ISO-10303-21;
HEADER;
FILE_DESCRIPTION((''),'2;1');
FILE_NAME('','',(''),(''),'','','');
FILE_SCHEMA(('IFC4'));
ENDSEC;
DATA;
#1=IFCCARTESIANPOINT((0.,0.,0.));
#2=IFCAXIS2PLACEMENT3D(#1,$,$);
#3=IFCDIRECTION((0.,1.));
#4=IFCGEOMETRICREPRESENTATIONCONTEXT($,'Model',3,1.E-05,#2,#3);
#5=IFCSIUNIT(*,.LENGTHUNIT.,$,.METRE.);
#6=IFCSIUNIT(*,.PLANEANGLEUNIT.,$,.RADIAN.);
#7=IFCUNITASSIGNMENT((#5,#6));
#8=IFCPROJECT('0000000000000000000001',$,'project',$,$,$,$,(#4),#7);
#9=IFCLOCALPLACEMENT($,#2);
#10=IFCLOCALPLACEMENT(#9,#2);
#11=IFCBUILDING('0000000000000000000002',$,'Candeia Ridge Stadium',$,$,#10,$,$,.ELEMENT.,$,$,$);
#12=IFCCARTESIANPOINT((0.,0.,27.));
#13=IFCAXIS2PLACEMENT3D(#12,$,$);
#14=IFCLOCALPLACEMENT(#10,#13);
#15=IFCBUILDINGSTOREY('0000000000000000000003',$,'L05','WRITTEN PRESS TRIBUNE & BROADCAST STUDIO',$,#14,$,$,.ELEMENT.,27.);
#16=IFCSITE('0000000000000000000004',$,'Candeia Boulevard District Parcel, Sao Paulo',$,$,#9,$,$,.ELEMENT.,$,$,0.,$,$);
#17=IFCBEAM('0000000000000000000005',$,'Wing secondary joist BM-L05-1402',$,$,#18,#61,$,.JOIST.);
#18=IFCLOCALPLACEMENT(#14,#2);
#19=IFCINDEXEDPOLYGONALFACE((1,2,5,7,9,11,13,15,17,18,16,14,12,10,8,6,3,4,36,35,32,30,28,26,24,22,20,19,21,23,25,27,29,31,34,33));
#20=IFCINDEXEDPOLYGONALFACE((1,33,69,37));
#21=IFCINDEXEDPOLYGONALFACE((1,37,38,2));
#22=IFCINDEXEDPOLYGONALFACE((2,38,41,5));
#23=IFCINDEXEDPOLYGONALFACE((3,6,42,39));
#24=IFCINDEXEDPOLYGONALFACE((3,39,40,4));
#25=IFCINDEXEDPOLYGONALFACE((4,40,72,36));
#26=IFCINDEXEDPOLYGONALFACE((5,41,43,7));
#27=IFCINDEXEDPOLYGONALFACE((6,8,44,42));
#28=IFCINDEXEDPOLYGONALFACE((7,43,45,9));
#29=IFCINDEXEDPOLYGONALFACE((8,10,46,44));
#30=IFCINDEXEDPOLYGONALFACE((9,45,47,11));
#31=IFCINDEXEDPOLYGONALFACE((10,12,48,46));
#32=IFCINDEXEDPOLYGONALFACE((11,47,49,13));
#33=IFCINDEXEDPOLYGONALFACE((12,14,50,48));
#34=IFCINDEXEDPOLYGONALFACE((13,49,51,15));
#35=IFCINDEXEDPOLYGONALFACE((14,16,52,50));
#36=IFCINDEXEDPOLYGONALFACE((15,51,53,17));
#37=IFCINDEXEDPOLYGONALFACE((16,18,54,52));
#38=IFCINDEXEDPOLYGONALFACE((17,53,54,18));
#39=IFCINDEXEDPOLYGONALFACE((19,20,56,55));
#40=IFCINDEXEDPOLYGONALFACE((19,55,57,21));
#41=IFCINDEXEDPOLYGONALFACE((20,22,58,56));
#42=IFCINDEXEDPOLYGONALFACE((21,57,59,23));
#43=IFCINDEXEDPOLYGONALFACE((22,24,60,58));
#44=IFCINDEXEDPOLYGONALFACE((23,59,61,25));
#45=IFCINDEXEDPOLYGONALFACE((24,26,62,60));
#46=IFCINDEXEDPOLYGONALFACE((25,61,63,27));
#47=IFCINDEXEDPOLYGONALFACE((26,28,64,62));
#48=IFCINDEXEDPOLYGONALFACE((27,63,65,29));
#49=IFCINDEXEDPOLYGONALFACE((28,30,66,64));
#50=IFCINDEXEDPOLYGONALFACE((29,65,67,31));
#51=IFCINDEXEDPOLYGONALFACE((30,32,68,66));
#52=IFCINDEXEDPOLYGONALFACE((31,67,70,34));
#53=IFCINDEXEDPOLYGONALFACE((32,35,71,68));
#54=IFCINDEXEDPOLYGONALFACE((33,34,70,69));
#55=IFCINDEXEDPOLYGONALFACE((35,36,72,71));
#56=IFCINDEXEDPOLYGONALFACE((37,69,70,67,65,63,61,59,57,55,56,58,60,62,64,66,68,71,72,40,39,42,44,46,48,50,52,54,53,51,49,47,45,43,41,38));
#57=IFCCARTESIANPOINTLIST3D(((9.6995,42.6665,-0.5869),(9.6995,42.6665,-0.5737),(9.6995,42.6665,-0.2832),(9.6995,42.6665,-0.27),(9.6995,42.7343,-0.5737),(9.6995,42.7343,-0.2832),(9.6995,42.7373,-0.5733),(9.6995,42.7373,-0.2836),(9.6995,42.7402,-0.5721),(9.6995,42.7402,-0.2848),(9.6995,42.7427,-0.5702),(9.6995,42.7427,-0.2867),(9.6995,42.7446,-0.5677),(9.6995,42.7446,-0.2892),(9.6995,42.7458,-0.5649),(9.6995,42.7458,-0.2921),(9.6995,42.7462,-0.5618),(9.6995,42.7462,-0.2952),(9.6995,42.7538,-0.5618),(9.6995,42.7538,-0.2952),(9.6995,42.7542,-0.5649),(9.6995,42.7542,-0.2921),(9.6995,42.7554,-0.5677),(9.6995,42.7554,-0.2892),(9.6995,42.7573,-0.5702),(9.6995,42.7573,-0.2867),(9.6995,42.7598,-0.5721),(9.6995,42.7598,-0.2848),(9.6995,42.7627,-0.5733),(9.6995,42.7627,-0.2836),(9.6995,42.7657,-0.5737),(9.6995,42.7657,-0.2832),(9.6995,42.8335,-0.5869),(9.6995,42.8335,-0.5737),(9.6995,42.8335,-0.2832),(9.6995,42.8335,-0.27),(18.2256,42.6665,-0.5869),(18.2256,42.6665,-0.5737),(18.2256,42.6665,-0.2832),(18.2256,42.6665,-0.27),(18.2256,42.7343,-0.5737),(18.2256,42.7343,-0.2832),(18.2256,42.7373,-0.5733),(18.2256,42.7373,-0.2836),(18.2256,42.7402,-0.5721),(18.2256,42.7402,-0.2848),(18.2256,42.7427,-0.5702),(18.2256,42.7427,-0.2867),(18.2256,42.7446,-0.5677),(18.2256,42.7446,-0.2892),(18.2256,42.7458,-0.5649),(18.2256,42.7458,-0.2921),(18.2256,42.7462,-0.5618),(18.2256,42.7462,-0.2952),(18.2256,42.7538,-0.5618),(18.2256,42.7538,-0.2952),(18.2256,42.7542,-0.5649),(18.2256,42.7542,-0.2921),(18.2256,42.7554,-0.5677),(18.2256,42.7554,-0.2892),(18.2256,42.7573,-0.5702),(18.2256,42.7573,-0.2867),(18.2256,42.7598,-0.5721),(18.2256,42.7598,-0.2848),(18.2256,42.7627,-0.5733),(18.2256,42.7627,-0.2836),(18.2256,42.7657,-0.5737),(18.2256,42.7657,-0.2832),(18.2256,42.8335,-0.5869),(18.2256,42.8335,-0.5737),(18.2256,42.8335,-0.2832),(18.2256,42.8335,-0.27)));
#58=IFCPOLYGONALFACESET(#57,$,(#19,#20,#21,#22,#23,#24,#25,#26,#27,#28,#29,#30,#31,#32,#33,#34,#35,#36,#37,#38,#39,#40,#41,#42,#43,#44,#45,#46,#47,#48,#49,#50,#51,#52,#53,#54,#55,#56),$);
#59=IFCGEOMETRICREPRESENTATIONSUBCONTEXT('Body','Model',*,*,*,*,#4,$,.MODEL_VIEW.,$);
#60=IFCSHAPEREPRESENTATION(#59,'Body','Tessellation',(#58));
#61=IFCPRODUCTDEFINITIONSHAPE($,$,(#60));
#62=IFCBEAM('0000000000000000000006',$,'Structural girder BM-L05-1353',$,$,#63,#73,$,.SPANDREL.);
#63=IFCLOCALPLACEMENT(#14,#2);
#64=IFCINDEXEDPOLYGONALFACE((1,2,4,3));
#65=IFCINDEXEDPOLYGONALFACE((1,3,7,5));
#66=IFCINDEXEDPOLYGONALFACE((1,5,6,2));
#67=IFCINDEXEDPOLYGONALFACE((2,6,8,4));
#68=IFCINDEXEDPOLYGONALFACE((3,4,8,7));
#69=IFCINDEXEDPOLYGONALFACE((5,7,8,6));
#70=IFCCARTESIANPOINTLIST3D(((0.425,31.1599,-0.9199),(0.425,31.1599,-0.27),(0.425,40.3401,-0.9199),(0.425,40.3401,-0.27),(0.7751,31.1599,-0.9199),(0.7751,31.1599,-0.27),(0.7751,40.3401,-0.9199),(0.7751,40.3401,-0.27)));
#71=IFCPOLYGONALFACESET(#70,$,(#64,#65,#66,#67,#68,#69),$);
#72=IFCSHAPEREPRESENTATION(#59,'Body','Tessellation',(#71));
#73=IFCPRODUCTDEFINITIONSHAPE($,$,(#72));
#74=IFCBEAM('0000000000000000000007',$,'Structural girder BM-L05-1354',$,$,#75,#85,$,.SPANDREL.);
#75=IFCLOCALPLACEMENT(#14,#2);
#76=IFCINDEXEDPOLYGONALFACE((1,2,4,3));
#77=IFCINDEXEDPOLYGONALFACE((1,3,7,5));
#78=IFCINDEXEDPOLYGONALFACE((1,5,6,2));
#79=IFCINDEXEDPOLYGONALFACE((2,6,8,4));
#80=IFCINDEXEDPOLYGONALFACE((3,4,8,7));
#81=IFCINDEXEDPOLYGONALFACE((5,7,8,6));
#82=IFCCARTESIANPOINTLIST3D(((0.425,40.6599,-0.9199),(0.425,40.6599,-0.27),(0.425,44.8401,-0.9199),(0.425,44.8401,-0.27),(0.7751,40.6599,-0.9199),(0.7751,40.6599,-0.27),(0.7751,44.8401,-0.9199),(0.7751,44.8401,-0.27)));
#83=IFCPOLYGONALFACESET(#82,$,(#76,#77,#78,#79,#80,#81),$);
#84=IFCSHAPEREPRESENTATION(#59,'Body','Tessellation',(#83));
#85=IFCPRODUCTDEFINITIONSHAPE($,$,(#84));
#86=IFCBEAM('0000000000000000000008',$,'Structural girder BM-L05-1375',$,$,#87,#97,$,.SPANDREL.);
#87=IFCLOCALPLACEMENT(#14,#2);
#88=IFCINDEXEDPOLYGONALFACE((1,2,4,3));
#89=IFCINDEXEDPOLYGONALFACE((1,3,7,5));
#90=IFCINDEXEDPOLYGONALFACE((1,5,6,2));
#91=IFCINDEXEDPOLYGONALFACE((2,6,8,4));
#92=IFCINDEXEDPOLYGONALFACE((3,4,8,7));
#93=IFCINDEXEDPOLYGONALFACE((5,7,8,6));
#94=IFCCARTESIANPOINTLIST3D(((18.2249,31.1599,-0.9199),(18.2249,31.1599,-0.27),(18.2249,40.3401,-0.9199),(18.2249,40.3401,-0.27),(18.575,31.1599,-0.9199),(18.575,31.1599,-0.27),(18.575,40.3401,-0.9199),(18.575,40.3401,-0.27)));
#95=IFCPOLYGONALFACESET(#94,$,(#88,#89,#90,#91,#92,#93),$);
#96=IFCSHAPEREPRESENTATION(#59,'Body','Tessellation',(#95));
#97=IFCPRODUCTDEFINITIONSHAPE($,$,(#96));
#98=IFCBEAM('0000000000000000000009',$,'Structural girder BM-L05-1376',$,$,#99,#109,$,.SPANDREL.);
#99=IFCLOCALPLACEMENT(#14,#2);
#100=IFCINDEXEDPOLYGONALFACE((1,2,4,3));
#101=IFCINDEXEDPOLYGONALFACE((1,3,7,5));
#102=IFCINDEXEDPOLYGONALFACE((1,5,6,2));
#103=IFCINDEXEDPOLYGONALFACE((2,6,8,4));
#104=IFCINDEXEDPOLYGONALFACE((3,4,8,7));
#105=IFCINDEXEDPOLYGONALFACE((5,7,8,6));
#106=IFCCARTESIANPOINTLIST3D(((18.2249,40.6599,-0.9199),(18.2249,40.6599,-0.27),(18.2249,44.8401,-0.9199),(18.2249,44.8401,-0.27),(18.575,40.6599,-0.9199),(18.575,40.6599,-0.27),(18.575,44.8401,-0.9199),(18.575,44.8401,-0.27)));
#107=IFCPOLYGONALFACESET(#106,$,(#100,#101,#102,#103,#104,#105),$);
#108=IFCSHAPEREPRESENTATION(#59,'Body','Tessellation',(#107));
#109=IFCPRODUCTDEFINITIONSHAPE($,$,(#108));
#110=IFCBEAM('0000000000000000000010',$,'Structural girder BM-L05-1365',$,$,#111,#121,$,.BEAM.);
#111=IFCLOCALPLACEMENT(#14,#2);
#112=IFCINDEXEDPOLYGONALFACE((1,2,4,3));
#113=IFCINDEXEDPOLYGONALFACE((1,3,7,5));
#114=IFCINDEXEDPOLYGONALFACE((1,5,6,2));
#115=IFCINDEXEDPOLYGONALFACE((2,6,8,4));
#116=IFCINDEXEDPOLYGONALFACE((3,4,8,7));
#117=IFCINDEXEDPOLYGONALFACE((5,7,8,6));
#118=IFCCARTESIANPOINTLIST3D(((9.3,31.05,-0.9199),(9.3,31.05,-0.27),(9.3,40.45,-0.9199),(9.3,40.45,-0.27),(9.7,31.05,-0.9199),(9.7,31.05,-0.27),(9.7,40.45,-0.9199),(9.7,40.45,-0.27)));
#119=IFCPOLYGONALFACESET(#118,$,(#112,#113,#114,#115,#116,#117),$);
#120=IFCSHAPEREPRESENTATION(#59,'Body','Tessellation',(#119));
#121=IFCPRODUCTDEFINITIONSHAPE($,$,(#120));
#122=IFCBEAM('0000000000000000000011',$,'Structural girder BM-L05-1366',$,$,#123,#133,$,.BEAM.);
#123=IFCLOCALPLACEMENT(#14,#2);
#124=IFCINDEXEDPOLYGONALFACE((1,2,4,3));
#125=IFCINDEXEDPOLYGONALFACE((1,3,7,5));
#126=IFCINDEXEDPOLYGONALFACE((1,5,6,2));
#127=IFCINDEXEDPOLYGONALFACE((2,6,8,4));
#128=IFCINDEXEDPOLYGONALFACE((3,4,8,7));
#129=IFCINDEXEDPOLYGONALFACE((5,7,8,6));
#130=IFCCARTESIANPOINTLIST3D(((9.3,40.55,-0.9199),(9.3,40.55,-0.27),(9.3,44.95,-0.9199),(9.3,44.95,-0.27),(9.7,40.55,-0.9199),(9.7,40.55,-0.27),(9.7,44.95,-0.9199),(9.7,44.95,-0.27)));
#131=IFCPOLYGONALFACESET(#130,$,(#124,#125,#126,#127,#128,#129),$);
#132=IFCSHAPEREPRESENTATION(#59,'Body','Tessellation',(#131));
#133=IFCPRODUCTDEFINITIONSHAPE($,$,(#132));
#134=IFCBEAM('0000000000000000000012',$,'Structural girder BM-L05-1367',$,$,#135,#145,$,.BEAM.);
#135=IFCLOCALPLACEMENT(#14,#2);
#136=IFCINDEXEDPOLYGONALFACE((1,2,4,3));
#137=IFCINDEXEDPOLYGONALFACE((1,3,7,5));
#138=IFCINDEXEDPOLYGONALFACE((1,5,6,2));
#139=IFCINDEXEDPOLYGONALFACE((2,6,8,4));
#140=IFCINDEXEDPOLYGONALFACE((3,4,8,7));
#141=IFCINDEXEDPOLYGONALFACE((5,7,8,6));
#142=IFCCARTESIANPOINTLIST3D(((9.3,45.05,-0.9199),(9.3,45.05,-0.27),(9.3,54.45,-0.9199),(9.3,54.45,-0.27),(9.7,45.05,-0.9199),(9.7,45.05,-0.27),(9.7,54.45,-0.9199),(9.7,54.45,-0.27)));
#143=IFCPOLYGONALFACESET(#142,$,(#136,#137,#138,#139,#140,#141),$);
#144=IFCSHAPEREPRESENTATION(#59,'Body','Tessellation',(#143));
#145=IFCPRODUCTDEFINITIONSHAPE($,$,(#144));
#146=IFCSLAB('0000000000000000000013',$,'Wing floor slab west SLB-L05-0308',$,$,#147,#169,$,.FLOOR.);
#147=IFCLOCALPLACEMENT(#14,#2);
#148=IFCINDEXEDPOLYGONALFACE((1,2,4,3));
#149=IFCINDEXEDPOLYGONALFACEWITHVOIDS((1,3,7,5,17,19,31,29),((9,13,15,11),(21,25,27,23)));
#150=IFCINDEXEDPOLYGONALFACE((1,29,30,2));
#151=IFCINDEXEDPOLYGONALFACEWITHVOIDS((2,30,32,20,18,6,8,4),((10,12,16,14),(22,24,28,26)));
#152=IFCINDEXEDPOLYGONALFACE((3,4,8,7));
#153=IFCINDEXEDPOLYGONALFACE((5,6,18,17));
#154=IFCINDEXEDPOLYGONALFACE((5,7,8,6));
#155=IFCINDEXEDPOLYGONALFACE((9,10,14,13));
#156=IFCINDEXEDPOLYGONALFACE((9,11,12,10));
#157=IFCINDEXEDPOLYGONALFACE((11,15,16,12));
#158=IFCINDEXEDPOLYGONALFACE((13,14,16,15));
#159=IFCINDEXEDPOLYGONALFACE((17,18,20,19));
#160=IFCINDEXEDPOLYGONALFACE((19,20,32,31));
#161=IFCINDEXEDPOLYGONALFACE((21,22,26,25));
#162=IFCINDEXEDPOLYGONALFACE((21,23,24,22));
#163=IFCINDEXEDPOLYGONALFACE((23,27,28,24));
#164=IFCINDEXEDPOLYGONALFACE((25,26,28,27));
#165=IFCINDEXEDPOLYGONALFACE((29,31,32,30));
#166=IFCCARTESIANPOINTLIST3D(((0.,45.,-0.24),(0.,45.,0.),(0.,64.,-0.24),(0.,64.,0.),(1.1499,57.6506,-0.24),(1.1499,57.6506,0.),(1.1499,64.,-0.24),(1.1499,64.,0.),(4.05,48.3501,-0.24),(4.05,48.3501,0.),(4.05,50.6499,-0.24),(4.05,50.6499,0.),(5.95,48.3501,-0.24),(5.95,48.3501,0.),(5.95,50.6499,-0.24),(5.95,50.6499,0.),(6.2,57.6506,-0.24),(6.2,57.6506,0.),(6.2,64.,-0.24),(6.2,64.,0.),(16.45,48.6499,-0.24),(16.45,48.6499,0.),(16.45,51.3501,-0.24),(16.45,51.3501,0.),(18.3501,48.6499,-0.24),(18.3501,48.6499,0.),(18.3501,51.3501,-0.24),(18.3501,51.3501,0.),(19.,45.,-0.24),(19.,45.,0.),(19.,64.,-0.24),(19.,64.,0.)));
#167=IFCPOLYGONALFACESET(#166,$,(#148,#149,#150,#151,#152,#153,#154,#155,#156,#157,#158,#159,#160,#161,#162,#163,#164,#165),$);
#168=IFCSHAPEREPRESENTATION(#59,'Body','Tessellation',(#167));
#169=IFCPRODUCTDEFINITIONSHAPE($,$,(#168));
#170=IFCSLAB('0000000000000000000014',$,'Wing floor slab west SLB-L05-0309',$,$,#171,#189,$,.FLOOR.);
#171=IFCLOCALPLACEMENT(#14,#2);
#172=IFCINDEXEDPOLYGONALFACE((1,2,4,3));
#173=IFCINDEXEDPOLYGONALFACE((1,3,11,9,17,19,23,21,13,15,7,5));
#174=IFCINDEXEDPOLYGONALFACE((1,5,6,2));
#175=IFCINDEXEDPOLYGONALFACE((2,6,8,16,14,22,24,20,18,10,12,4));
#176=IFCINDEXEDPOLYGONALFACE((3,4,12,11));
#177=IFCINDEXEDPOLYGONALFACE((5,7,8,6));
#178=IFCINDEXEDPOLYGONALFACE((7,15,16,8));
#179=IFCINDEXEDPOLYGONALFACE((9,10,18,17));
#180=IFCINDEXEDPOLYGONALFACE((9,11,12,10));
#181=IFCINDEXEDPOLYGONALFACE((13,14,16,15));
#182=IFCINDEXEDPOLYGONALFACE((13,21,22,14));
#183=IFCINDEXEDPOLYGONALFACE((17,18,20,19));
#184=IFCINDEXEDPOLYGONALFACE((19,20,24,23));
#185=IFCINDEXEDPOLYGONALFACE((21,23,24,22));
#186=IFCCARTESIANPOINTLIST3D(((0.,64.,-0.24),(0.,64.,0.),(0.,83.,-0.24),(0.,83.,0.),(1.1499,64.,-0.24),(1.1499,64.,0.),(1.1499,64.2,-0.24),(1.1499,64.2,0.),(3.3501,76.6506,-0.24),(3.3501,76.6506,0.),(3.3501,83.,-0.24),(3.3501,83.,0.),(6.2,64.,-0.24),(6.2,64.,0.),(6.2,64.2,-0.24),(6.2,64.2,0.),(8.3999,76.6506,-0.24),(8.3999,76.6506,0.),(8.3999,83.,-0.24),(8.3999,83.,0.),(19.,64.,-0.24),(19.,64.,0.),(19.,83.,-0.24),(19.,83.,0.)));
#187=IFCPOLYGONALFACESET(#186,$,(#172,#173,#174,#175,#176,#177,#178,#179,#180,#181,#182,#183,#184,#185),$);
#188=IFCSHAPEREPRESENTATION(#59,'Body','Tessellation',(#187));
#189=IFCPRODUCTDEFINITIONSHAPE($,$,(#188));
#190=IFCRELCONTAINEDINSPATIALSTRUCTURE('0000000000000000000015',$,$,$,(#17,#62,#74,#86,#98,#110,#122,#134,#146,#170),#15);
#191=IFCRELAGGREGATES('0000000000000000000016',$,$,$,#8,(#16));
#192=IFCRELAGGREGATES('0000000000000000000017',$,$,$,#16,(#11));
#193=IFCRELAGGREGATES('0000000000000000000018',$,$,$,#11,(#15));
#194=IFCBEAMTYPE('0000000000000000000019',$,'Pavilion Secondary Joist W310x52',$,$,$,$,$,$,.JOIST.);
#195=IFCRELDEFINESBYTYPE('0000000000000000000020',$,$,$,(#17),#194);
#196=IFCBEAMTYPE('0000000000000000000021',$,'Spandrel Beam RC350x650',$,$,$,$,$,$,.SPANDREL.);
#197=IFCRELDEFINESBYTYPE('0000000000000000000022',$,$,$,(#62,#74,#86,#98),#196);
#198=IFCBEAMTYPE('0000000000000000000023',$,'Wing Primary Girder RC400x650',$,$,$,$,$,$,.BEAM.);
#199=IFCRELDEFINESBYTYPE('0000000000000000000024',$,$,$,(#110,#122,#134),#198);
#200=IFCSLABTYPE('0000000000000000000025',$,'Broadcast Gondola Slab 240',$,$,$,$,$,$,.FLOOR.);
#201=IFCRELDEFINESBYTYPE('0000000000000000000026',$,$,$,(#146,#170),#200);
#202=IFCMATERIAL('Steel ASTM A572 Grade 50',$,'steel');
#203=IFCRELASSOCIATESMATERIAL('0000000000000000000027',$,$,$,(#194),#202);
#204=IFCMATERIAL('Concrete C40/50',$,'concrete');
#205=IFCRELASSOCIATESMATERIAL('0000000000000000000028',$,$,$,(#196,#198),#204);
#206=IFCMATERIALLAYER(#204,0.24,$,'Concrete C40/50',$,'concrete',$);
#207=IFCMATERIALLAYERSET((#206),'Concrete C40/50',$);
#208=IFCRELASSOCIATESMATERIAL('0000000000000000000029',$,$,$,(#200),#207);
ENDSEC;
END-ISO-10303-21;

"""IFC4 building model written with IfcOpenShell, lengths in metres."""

from ifc_helpers import new_model, si_unit, direction, frame, origin, origin_2d, place, context, subcontext, project, spatial, polyline, rectangle, i_section, outline, extrude, material, layer, layer_set, material_profile, profile_set, type_object, element, save


model = new_model("IFC4")

# Units and contexts
model_context = context("Model", 3, precision=1e-05, world=origin(), true_north=direction((0.0, 1.0)))
body_context = subcontext(model_context, "Body", "Model", "MODEL_VIEW")
ifc_project = project(units=[si_unit("LENGTHUNIT", "METRE"), si_unit("PLANEANGLEUNIT", "RADIAN")], contexts=[model_context])

# Site, building, storey
site_placement = place(None, origin())
site = spatial("IfcSite", under=ifc_project, at=site_placement, Name="Candeia Boulevard District Parcel, Sao Paulo", CompositionType="ELEMENT", RefElevation=0.0)
building_placement = place(site_placement, origin())
building = spatial("IfcBuilding", under=site, at=building_placement, Name="Candeia Ridge Stadium", CompositionType="ELEMENT")
storey_placement = place(building_placement, frame((0.0, 0.0, 27.0)))
storey = spatial("IfcBuildingStorey", under=building, at=storey_placement, Name="L05", Description="WRITTEN PRESS TRIBUNE & BROADCAST STUDIO", CompositionType="ELEMENT", Elevation=27.0)

# Shared definitions
ifc_material_1 = material(Name="Steel ASTM A572 Grade 50", Category="steel")
ifc_material_2 = material(Name="Concrete C40/50", Category="concrete")

# Beams
ifc_material_profile_1 = material_profile(ifc_material_1, i_section(OverallWidth=0.167, OverallDepth=0.3169, WebThickness=0.0076, FlangeThickness=0.0132, FilletRadius=0.012, at=origin_2d()), Name="W310x52", Category="steel")
ifc_profile_set_1 = profile_set([ifc_material_profile_1], Name="Steel ASTM A572 Grade 50")
beam_type_1 = type_object("IfcBeamType", Name="Pavilion Secondary Joist W310x52", PredefinedType="JOIST", material=ifc_profile_set_1)
for number, where, z_axis, x_axis, name in (
    (1, (9.6995, 42.75, -0.4285), (1.0, 0.0, 0.0), (0.0, 1.0, 0.0), "Wing secondary joist BM-L05-1402"),
):
    element("IfcBeam", number, at=place(storey_placement, frame(where, z_axis=z_axis, x_axis=x_axis)), inside=storey, type_object=beam_type_1, Name=name, PredefinedType="JOIST", context=body_context, shape_type="SweptSolid", body=[
        extrude(i_section(OverallWidth=0.167, OverallDepth=0.3169, WebThickness=0.0076, FlangeThickness=0.0132, FilletRadius=0.012, at=origin_2d()), origin(), (0.0, 0.0, 1.0), 8.5261),
    ])
ifc_material_profile_2 = material_profile(ifc_material_2, rectangle(XDim=0.3501, YDim=0.6499, at=origin_2d()), Name="RC350x650", Category="concrete")
ifc_profile_set_2 = profile_set([ifc_material_profile_2], Name="Concrete C40/50")
beam_type_2 = type_object("IfcBeamType", Name="Spandrel Beam RC350x650", PredefinedType="SPANDREL", material=ifc_profile_set_2)
beam_1_placement = place(storey_placement, frame((0.6001, 31.1599, -0.595), z_axis=(0.0, 1.0, 0.0), x_axis=(-1.0, 0.0, 0.0)))
element("IfcBeam", 2, at=beam_1_placement, inside=storey, type_object=beam_type_2, Name="Structural girder BM-L05-1353", PredefinedType="SPANDREL", context=body_context, shape_type="SweptSolid", body=[
    extrude(rectangle(XDim=0.3501, YDim=0.6499, at=origin_2d()), origin(), (0.0, 0.0, 1.0), 9.1802),
])
beam_2_placement = place(storey_placement, frame((0.6001, 40.6599, -0.595), z_axis=(0.0, 1.0, 0.0), x_axis=(-1.0, 0.0, 0.0)))
element("IfcBeam", 3, at=beam_2_placement, inside=storey, type_object=beam_type_2, Name="Structural girder BM-L05-1354", PredefinedType="SPANDREL", context=body_context, shape_type="SweptSolid", body=[
    extrude(rectangle(XDim=0.3501, YDim=0.6499, at=origin_2d()), origin(), (0.0, 0.0, 1.0), 4.1802),
])
beam_3_placement = place(storey_placement, frame((18.3999, 31.1599, -0.595), z_axis=(0.0, 1.0, 0.0), x_axis=(-1.0, 0.0, 0.0)))
element("IfcBeam", 4, at=beam_3_placement, inside=storey, type_object=beam_type_2, Name="Structural girder BM-L05-1375", PredefinedType="SPANDREL", context=body_context, shape_type="SweptSolid", body=[
    extrude(rectangle(XDim=0.3501, YDim=0.6499, at=origin_2d()), origin(), (0.0, 0.0, 1.0), 9.1802),
])
beam_4_placement = place(storey_placement, frame((18.3999, 40.6599, -0.595), z_axis=(0.0, 1.0, 0.0), x_axis=(-1.0, 0.0, 0.0)))
element("IfcBeam", 5, at=beam_4_placement, inside=storey, type_object=beam_type_2, Name="Structural girder BM-L05-1376", PredefinedType="SPANDREL", context=body_context, shape_type="SweptSolid", body=[
    extrude(rectangle(XDim=0.3501, YDim=0.6499, at=origin_2d()), origin(), (0.0, 0.0, 1.0), 4.1802),
])
ifc_material_profile_3 = material_profile(ifc_material_2, rectangle(XDim=0.3999, YDim=0.6499, at=origin_2d()), Name="RC400x650", Category="concrete")
ifc_profile_set_3 = profile_set([ifc_material_profile_3], Name="Concrete C40/50")
beam_type_3 = type_object("IfcBeamType", Name="Wing Primary Girder RC400x650", PredefinedType="BEAM", material=ifc_profile_set_3)
beam_5_placement = place(storey_placement, frame((9.5, 31.05, -0.595), z_axis=(0.0, 1.0, 0.0), x_axis=(-1.0, 0.0, 0.0)))
element("IfcBeam", 6, at=beam_5_placement, inside=storey, type_object=beam_type_3, Name="Structural girder BM-L05-1365", PredefinedType="BEAM", context=body_context, shape_type="SweptSolid", body=[
    extrude(rectangle(XDim=0.3999, YDim=0.6499, at=origin_2d()), origin(), (0.0, 0.0, 1.0), 9.3999),
])
beam_6_placement = place(storey_placement, frame((9.5, 40.55, -0.595), z_axis=(0.0, 1.0, 0.0), x_axis=(-1.0, 0.0, 0.0)))
element("IfcBeam", 7, at=beam_6_placement, inside=storey, type_object=beam_type_3, Name="Structural girder BM-L05-1366", PredefinedType="BEAM", context=body_context, shape_type="SweptSolid", body=[
    extrude(rectangle(XDim=0.3999, YDim=0.6499, at=origin_2d()), origin(), (0.0, 0.0, 1.0), 4.3999),
])
beam_7_placement = place(storey_placement, frame((9.5, 45.05, -0.595), z_axis=(0.0, 1.0, 0.0), x_axis=(-1.0, 0.0, 0.0)))
element("IfcBeam", 8, at=beam_7_placement, inside=storey, type_object=beam_type_3, Name="Structural girder BM-L05-1367", PredefinedType="BEAM", context=body_context, shape_type="SweptSolid", body=[
    extrude(rectangle(XDim=0.3999, YDim=0.6499, at=origin_2d()), origin(), (0.0, 0.0, 1.0), 9.3999),
])

# Slabs
ifc_layer_1 = layer(ifc_material_2, 0.24, Name="Concrete C40/50", Category="concrete")
ifc_layer_set_1 = layer_set([ifc_layer_1], Name="Concrete C40/50")
slab_type_1 = type_object("IfcSlabType", Name="Broadcast Gondola Slab 240", PredefinedType="FLOOR", material=ifc_layer_set_1)
slab_1_placement = place(storey_placement, frame((0.0, 0.0, -0.24)))
element("IfcSlab", 9, at=slab_1_placement, inside=storey, type_object=slab_type_1, Name="Wing floor slab west SLB-L05-0308", PredefinedType="FLOOR", context=body_context, shape_type="SweptSolid", body=[
    extrude(outline(polyline([(19.0, 64.0), (19.0, 45.0), (0.0, 45.0), (0.0, 64.0), (1.1499, 64.0), (1.1499, 57.6506), (6.2, 57.6506), (6.2, 64.0), (19.0, 64.0)]), holes=[polyline([(4.05, 50.6499), (4.05, 48.3501), (5.95, 48.3501), (5.95, 50.6499), (4.05, 50.6499)]), polyline([(16.45, 51.3501), (16.45, 48.6499), (18.3501, 48.6499), (18.3501, 51.3501), (16.45, 51.3501)])]), origin(), (0.0, 0.0, 1.0), 0.24),
])
slab_2_placement = place(storey_placement, frame((0.0, 0.0, -0.24)))
element("IfcSlab", 10, at=slab_2_placement, inside=storey, type_object=slab_type_1, Name="Wing floor slab west SLB-L05-0309", PredefinedType="FLOOR", context=body_context, shape_type="SweptSolid", body=[
    extrude(outline(polyline([(19.0, 83.0), (19.0, 64.0), (6.2, 64.0), (6.2, 64.2), (1.1499, 64.2), (1.1499, 64.0), (0.0, 64.0), (0.0, 83.0), (3.3501, 83.0), (3.3501, 76.6506), (8.3999, 76.6506), (8.3999, 83.0), (19.0, 83.0)])), origin(), (0.0, 0.0, 1.0), 0.24),
])

save(model, "model.ifc")
